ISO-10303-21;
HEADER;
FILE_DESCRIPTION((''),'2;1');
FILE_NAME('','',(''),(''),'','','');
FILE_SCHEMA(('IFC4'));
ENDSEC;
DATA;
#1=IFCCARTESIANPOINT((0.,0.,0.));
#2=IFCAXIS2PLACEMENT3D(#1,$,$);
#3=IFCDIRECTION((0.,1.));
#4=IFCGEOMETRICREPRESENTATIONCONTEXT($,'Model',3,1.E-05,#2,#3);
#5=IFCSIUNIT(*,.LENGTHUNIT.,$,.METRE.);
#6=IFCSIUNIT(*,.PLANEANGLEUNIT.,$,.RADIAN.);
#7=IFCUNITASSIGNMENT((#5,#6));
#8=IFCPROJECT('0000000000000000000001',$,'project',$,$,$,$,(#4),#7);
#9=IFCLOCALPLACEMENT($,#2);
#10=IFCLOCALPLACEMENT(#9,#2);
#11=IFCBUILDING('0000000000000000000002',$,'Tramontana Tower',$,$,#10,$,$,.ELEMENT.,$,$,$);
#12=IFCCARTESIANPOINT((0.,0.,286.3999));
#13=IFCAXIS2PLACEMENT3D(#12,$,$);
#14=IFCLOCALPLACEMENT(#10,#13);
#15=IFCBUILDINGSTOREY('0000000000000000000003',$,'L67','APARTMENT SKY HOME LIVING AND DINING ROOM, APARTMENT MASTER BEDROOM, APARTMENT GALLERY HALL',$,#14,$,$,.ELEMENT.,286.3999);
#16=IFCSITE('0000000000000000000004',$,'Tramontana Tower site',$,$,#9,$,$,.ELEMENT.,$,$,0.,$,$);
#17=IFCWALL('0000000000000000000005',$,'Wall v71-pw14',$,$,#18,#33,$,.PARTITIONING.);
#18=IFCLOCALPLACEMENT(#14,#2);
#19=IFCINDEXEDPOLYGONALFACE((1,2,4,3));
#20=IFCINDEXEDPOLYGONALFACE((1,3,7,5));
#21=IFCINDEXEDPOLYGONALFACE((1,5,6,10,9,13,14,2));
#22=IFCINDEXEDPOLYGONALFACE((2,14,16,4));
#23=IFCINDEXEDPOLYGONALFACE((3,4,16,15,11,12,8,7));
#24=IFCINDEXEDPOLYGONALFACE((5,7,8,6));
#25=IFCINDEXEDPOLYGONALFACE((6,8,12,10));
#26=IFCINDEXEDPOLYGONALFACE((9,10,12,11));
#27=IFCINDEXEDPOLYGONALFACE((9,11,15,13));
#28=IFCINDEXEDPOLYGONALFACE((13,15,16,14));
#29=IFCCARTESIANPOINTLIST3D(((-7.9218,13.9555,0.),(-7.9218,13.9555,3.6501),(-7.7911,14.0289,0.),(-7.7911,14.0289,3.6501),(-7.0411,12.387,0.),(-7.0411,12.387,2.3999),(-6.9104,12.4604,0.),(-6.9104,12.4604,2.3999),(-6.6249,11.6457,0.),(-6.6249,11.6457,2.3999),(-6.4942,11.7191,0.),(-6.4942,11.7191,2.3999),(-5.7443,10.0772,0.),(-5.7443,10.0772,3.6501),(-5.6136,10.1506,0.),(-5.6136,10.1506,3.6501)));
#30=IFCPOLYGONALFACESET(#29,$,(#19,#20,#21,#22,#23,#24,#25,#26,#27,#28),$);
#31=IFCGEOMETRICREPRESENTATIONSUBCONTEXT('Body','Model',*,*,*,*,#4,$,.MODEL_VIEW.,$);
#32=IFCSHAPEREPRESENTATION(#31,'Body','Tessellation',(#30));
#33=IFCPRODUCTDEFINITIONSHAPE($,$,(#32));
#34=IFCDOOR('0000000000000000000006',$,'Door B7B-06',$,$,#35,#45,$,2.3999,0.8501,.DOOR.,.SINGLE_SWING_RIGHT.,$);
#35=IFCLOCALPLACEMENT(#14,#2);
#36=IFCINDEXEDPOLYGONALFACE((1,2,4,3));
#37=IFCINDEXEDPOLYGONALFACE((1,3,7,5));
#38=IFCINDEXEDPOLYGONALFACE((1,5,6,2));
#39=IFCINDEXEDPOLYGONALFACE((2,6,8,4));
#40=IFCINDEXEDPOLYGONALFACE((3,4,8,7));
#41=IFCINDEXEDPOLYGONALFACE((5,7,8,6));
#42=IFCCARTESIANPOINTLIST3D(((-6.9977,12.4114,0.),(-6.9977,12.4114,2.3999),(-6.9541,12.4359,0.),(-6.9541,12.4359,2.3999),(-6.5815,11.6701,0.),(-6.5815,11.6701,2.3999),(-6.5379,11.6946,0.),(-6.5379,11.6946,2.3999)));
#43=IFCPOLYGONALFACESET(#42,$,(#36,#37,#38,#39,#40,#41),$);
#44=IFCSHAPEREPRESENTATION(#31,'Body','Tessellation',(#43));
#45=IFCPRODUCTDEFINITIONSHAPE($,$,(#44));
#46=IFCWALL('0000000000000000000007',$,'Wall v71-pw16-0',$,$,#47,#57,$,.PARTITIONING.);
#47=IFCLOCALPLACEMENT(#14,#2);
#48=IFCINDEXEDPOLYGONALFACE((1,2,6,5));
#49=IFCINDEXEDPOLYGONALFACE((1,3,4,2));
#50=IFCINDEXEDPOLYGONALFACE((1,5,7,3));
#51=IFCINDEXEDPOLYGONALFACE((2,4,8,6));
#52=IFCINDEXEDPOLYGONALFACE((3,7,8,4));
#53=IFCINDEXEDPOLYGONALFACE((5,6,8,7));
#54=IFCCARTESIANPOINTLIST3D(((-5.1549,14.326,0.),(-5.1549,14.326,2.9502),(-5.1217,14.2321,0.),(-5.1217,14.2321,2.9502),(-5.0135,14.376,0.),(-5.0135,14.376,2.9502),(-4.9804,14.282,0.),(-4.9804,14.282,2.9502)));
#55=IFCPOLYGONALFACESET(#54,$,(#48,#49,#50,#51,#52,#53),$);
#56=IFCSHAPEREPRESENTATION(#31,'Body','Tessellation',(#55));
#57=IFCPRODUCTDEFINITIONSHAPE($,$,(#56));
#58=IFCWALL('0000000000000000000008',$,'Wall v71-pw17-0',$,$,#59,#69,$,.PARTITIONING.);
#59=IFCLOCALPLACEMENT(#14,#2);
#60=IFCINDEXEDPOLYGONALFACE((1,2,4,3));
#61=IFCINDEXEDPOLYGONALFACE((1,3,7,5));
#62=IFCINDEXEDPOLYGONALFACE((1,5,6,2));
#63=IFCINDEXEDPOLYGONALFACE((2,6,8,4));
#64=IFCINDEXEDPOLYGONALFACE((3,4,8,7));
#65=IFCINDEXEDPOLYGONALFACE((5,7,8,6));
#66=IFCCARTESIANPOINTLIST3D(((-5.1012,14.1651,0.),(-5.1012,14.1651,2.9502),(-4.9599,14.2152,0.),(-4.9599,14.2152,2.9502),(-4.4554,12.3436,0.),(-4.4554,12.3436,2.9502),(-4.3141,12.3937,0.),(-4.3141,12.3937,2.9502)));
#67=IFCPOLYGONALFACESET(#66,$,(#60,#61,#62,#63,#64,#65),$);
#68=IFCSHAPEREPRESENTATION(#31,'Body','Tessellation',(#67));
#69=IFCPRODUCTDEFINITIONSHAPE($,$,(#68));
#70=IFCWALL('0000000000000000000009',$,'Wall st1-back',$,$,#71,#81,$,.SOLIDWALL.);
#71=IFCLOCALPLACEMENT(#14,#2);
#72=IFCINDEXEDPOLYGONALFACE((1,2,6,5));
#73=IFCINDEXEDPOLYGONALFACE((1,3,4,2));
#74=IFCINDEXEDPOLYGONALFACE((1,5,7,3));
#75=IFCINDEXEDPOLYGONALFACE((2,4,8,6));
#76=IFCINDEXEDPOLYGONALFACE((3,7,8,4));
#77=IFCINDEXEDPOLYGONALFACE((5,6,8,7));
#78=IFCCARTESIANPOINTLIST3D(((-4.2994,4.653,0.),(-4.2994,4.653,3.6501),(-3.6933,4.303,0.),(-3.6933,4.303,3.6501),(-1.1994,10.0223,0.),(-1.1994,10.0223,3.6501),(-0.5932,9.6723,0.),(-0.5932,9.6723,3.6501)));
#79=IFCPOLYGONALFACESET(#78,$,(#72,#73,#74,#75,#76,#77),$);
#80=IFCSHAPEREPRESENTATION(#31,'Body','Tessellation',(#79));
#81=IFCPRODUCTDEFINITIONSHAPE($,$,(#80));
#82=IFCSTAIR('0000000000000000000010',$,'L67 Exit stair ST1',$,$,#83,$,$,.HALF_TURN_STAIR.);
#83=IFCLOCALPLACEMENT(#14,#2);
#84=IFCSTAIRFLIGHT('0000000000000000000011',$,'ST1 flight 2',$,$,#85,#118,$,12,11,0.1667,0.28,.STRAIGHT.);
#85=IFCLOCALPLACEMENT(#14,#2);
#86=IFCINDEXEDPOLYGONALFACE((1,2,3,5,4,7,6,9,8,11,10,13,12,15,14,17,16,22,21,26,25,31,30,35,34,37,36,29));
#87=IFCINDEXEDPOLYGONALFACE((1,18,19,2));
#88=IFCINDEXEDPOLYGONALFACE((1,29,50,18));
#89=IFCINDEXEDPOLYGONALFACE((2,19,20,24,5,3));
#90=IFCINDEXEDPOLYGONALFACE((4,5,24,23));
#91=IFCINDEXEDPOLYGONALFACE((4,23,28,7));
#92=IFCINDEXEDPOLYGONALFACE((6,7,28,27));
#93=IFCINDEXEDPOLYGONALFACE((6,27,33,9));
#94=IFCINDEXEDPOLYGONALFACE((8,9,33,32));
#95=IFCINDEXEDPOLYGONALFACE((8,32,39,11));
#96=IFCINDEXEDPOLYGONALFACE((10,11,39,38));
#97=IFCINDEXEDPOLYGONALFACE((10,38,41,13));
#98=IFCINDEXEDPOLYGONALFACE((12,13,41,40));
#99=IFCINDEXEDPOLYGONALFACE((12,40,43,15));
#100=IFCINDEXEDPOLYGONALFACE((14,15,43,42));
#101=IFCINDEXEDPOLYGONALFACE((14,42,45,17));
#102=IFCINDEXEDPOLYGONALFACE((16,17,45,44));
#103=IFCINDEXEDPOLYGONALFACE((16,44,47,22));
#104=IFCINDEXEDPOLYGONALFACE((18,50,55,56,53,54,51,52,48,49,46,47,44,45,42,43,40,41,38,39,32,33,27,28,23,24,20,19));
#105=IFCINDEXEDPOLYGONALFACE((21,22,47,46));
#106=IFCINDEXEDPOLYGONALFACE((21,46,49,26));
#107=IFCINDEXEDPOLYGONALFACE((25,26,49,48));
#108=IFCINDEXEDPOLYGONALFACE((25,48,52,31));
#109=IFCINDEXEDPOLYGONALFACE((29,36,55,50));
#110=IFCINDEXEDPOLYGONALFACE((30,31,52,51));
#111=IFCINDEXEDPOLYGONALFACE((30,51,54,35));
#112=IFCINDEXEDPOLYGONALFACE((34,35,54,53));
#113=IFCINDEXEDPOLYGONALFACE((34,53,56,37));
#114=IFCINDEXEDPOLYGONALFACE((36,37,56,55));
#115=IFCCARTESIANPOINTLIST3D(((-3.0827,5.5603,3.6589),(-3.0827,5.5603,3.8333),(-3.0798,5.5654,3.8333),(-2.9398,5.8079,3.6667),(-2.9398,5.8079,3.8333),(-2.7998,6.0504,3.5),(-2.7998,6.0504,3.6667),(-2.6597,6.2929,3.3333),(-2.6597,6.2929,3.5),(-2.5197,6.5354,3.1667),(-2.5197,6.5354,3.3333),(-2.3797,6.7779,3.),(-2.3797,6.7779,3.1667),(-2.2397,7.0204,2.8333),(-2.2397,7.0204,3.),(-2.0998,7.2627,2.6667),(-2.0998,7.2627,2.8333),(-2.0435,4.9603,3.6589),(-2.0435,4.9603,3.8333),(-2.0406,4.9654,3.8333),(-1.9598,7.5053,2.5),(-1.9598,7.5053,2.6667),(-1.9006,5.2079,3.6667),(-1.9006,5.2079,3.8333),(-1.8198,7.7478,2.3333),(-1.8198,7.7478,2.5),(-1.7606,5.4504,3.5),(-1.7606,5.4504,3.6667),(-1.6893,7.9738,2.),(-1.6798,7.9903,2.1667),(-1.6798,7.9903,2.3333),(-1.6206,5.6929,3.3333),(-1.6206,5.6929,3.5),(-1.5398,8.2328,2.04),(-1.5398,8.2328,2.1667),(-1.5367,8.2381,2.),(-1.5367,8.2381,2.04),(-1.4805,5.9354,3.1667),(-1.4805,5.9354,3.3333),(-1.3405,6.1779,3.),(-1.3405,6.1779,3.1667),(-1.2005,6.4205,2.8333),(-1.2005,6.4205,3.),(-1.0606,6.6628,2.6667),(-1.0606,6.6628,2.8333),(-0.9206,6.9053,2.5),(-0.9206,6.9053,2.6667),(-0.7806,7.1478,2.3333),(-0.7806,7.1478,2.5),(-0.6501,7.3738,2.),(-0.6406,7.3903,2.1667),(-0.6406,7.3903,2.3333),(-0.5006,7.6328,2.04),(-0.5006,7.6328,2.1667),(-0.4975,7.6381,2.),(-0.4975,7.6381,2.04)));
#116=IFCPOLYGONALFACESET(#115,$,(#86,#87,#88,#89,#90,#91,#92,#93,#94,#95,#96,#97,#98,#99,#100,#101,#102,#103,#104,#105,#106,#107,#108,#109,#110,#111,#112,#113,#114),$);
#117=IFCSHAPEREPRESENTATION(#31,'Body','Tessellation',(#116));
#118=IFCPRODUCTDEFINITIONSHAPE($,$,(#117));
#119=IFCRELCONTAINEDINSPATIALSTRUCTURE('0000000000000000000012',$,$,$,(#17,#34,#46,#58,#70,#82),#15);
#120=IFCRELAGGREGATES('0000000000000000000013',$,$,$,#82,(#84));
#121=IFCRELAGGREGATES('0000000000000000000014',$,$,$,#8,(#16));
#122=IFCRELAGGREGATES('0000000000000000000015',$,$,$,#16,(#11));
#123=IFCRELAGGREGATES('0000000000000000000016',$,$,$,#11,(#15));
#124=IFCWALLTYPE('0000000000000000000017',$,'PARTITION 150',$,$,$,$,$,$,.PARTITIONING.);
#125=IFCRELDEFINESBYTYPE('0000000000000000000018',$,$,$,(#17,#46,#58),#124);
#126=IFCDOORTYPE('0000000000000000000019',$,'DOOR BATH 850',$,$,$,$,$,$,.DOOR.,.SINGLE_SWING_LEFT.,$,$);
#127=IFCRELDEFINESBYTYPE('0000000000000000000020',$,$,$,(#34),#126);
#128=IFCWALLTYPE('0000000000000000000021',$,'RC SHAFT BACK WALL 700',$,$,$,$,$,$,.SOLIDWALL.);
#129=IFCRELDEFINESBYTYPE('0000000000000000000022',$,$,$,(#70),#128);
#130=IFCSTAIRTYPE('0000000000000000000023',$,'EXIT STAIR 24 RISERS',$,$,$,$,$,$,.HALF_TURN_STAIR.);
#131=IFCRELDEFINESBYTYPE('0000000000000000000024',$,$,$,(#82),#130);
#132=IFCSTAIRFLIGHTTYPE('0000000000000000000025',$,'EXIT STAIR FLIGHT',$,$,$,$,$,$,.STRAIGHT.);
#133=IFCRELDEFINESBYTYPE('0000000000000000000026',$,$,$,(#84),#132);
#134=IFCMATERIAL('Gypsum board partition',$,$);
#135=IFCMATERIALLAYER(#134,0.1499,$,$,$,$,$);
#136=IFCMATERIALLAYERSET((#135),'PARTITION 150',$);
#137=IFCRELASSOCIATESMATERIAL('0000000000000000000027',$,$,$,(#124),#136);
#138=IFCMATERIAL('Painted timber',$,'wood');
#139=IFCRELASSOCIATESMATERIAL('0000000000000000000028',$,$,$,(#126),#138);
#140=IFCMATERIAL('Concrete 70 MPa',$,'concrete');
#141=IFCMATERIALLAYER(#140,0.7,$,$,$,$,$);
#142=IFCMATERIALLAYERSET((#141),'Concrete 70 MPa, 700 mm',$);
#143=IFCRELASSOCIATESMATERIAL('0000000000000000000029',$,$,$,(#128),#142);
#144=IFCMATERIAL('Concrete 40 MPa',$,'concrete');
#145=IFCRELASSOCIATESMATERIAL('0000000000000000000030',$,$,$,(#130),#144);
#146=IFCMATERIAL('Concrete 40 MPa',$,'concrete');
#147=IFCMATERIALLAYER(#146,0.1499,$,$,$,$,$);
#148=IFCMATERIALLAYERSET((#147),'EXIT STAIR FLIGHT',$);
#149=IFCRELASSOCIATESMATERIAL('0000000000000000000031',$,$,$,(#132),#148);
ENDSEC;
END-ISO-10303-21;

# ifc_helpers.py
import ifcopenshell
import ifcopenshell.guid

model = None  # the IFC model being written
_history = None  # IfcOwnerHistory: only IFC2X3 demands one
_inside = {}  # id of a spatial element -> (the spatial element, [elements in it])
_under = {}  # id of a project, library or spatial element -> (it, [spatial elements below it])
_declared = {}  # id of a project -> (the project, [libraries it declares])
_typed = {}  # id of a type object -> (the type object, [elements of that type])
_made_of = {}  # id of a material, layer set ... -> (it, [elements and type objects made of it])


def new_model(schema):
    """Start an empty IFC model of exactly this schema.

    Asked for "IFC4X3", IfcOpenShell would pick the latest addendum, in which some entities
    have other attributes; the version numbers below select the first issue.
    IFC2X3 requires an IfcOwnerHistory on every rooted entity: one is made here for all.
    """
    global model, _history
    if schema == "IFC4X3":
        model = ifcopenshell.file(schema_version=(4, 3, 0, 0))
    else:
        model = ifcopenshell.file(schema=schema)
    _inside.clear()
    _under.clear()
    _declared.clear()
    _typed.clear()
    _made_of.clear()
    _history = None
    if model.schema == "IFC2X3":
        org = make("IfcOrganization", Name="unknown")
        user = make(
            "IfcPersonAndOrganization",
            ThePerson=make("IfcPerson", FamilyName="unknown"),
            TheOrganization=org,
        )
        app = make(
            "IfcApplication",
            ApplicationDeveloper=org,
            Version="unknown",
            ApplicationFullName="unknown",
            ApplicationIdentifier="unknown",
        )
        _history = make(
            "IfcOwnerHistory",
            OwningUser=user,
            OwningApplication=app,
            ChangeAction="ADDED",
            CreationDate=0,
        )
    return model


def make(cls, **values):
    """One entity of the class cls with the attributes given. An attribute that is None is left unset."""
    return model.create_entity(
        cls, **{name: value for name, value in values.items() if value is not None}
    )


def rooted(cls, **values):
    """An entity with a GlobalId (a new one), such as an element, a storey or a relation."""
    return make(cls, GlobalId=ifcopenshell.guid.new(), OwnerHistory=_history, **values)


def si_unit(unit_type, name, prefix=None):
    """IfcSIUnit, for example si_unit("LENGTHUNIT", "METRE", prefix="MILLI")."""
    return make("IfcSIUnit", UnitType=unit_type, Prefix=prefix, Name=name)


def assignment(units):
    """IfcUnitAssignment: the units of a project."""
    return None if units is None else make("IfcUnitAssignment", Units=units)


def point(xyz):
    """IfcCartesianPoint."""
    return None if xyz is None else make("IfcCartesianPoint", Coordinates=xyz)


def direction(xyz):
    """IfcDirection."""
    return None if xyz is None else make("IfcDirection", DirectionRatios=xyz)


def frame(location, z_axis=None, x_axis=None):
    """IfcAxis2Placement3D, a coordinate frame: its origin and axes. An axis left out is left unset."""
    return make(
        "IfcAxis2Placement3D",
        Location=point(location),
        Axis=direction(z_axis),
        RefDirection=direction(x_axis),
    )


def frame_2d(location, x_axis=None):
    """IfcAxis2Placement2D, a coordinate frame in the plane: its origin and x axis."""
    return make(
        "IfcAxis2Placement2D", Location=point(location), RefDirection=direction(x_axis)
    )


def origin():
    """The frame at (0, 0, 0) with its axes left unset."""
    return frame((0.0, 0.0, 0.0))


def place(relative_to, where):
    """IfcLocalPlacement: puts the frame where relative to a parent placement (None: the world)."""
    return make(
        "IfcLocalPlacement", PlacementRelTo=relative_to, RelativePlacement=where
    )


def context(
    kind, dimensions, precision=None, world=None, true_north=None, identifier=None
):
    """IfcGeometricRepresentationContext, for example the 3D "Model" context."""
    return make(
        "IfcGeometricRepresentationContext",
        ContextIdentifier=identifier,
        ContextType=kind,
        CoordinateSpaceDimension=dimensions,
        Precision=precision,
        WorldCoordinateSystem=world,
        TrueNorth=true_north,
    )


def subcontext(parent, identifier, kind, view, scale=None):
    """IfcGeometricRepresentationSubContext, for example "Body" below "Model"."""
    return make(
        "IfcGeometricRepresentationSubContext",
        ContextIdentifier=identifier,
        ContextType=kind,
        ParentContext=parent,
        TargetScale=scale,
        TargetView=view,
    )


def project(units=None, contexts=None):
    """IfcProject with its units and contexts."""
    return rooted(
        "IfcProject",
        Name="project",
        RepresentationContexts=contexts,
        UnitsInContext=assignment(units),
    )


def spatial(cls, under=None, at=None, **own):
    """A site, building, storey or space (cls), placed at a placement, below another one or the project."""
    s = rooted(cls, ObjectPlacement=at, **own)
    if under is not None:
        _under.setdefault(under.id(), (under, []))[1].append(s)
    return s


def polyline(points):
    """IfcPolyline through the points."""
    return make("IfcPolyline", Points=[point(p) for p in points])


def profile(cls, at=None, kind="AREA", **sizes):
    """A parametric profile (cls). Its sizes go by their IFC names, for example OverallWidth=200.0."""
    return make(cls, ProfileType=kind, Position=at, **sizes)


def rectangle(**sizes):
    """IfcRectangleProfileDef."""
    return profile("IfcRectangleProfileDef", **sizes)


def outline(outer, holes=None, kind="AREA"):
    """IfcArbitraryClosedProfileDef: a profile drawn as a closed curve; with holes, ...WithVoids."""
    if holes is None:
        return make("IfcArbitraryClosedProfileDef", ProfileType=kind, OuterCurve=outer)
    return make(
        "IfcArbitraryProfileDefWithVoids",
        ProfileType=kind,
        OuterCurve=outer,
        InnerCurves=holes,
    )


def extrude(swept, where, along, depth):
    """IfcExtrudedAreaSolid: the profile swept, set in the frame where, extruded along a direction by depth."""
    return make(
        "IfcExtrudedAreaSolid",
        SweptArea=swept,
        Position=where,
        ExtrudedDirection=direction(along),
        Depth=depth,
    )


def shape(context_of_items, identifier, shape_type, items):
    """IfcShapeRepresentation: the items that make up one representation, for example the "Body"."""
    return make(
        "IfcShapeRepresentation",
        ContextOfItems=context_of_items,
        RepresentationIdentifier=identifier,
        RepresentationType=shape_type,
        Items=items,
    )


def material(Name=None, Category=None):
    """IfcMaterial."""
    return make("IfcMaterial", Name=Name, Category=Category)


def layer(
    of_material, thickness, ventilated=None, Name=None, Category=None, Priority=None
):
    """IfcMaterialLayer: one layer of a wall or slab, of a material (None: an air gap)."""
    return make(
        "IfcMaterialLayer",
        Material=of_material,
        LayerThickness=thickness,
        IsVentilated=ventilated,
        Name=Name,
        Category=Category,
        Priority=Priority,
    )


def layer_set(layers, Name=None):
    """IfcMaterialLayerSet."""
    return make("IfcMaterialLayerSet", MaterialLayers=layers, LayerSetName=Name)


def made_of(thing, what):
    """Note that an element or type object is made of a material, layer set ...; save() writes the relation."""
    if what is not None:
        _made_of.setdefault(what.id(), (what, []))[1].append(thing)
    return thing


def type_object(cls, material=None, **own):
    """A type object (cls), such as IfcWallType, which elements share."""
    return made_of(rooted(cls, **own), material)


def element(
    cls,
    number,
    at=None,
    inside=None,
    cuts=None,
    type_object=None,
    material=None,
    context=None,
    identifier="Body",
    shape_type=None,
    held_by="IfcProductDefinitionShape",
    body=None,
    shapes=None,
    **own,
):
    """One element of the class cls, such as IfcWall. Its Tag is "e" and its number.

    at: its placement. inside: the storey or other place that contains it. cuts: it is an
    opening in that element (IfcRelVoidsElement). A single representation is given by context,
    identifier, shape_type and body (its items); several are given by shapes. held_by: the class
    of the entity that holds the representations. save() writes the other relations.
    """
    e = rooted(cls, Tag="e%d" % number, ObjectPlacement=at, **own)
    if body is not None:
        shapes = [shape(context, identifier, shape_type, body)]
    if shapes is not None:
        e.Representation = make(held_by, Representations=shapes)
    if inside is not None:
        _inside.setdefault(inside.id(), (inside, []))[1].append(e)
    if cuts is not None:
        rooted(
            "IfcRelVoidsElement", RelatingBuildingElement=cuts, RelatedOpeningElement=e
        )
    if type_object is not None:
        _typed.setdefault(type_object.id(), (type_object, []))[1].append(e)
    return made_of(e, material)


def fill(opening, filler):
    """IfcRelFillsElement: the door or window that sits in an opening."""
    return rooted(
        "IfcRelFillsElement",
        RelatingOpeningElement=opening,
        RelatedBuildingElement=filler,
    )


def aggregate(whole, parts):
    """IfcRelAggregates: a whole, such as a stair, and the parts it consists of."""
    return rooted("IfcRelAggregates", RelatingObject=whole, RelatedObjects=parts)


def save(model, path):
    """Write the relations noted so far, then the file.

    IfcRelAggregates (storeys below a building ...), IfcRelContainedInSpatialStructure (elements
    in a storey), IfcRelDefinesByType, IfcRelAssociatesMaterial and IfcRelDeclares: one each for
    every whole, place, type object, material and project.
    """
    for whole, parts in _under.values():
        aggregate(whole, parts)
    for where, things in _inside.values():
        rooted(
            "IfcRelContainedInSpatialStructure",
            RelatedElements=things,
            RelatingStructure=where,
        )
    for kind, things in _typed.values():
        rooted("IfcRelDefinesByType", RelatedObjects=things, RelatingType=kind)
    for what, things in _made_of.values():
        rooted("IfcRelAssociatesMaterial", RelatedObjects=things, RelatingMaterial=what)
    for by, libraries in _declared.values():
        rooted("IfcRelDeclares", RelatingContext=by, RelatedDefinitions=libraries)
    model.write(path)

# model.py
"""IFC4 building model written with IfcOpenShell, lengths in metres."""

from ifc_helpers import new_model, si_unit, direction, frame, frame_2d, origin, place, context, subcontext, project, spatial, polyline, rectangle, outline, extrude, material, layer, layer_set, type_object, element, fill, aggregate, save


model = new_model("IFC4")

# Units and contexts
model_context = context("Model", 3, precision=1e-05, world=origin(), true_north=direction((0.0, 1.0)))
body_context = subcontext(model_context, "Body", "Model", "MODEL_VIEW")
ifc_project = project(units=[si_unit("LENGTHUNIT", "METRE"), si_unit("PLANEANGLEUNIT", "RADIAN")], contexts=[model_context])

# Site, building, storey
site_placement = place(None, origin())
site = spatial("IfcSite", under=ifc_project, at=site_placement, Name="Tramontana Tower site", CompositionType="ELEMENT", RefElevation=0.0)
building_placement = place(site_placement, origin())
building = spatial("IfcBuilding", under=site, at=building_placement, Name="Tramontana Tower", CompositionType="ELEMENT")
storey_placement = place(building_placement, frame((0.0, 0.0, 286.3999)))
storey = spatial("IfcBuildingStorey", under=building, at=storey_placement, Name="L67", Description="APARTMENT SKY HOME LIVING AND DINING ROOM, APARTMENT MASTER BEDROOM, APARTMENT GALLERY HALL", CompositionType="ELEMENT", Elevation=286.3999)

# Shared definitions
ifc_material_1 = material(Name="Gypsum board partition")
ifc_layer_1 = layer(ifc_material_1, 0.1499)
ifc_layer_set_1 = layer_set([ifc_layer_1], Name="PARTITION 150")
wall_type_1 = type_object("IfcWallType", Name="PARTITION 150", PredefinedType="PARTITIONING", material=ifc_layer_set_1)

# Wall, opening, door
wall_1_placement = place(storey_placement, frame((-7.8564, 13.9922, 0.0), z_axis=(0.0, 0.0, 1.0), x_axis=(0.489581, -0.871958, 0.0)))
wall_1 = element("IfcWall", 1, at=wall_1_placement, inside=storey, type_object=wall_type_1, Name="Wall v71-pw14", PredefinedType="PARTITIONING", context=body_context, shape_type="SweptSolid", body=[
    extrude(rectangle(XDim=4.4478, YDim=0.1499, at=frame_2d((2.2239, 0.0))), origin(), (0.0, 0.0, 1.0), 3.6501),
])
opening_1_placement = place(wall_1_placement, frame((1.7988, 0.0, 0.0)))
opening_1 = element("IfcOpeningElement", 2, at=opening_1_placement, cuts=wall_1, PredefinedType="OPENING", context=body_context, shape_type="SweptSolid", body=[
    extrude(rectangle(XDim=0.8501, YDim=2.3999, at=frame_2d((0.425, 1.2))), frame((0.0, 0.085, 0.0), z_axis=(0.0, -1.0, 0.0), x_axis=(1.0, 0.0, 0.0)), (0.0, 0.0, 1.0), 0.1699),
])
ifc_material_2 = material(Name="Painted timber", Category="wood")
door_type_1 = type_object("IfcDoorType", Name="DOOR BATH 850", OperationType="SINGLE_SWING_LEFT", PredefinedType="DOOR", material=ifc_material_2)
door_1_placement = place(opening_1_placement, origin())
door_1 = element("IfcDoor", 3, at=door_1_placement, inside=storey, type_object=door_type_1, Name="Door B7B-06", OperationType="SINGLE_SWING_RIGHT", OverallHeight=2.3999, OverallWidth=0.8501, PredefinedType="DOOR", context=body_context, shape_type="SweptSolid", body=[
    extrude(rectangle(XDim=0.8501, YDim=2.3999, at=frame_2d((0.425, 1.2))), frame((0.0, 0.0249, 0.0), z_axis=(0.0, -1.0, 0.0), x_axis=(1.0, 0.0, 0.0)), (0.0, 0.0, 1.0), 0.05),
])
fill(opening_1, door_1)

# Walls
wall_2_placement = place(storey_placement, frame((-5.051, 14.2571, 0.0), z_axis=(0.0, 0.0, 1.0), x_axis=(-0.333076, 0.9429, 0.0)))
element("IfcWall", 4, at=wall_2_placement, inside=storey, type_object=wall_type_1, Name="Wall v71-pw16-0", PredefinedType="PARTITIONING", context=body_context, shape_type="SweptSolid", body=[
    extrude(rectangle(XDim=0.0996, YDim=0.1499, at=frame_2d((0.0498, 0.0))), origin(), (0.0, 0.0, 1.0), 2.9502),
])
wall_3_placement = place(storey_placement, frame((-5.0305, 14.1902, 0.0), z_axis=(0.0, 0.0, 1.0), x_axis=(0.334135, -0.942525, 0.0)))
element("IfcWall", 5, at=wall_3_placement, inside=storey, type_object=wall_type_1, Name="Wall v71-pw17-0", PredefinedType="PARTITIONING", context=body_context, shape_type="SweptSolid", body=[
    extrude(rectangle(XDim=1.9326, YDim=0.1499, at=frame_2d((0.9663, 0.0))), origin(), (0.0, 0.0, 1.0), 2.9502),
])
ifc_material_3 = material(Name="Concrete 70 MPa", Category="concrete")
ifc_layer_2 = layer(ifc_material_3, 0.7)
ifc_layer_set_2 = layer_set([ifc_layer_2], Name="Concrete 70 MPa, 700 mm")
wall_type_2 = type_object("IfcWallType", Name="RC SHAFT BACK WALL 700", PredefinedType="SOLIDWALL", material=ifc_layer_set_2)
wall_4_placement = place(storey_placement, frame((-0.8962, 9.8474, 0.0), z_axis=(0.0, 0.0, 1.0), x_axis=(-0.50001, -0.86602, 0.0)))
element("IfcWall", 6, at=wall_4_placement, inside=storey, type_object=wall_type_2, Name="Wall st1-back", PredefinedType="SOLIDWALL", context=body_context, shape_type="SweptSolid", body=[
    extrude(rectangle(XDim=6.2, YDim=0.7, at=frame_2d((3.1001, 0.0))), origin(), (0.0, 0.0, 1.0), 3.6501),
])

# Stair, stair flight
ifc_material_4 = material(Name="Concrete 40 MPa", Category="concrete")
stair_type = type_object("IfcStairType", Name="EXIT STAIR 24 RISERS", PredefinedType="HALF_TURN_STAIR", material=ifc_material_4)
stair_placement = place(storey_placement, origin())
stair = element("IfcStair", 7, at=stair_placement, inside=storey, type_object=stair_type, Name="L67 Exit stair ST1", PredefinedType="HALF_TURN_STAIR")
ifc_material_5 = material(Name="Concrete 40 MPa", Category="concrete")
ifc_layer_3 = layer(ifc_material_5, 0.1499)
ifc_layer_set_3 = layer_set([ifc_layer_3], Name="EXIT STAIR FLIGHT")
stair_flight_type = type_object("IfcStairFlightType", Name="EXIT STAIR FLIGHT", PredefinedType="STRAIGHT", material=ifc_layer_set_3)
stair_flight_placement = place(storey_placement, frame((-1.0203, 7.9329, 2.0), z_axis=(0.0, 0.0, 1.0), x_axis=(-0.5, -0.866025, 0.0)))
stair_flight = element("IfcStairFlight", 8, at=stair_flight_placement, type_object=stair_flight_type, Name="ST1 flight 2", NumberOfRisers=12, NumberOfTreads=11, PredefinedType="STRAIGHT", RiserHeight=0.1667, TreadLength=0.28, context=body_context, shape_type="SweptSolid", body=[
    extrude(outline(polyline([(-0.0061, 0.0), (-0.0061, 0.04), (0.0, 0.04), (0.0, 0.1667), (0.28, 0.1667), (0.28, 0.3333), (0.5601, 0.3333), (0.5601, 0.5), (0.8401, 0.5), (0.8401, 0.6667), (1.1201, 0.6667), (1.1201, 0.8333), (1.3999, 0.8333), (1.3999, 1.0), (1.6799, 1.0), (1.6799, 1.1667), (1.96, 1.1667), (1.96, 1.3333), (2.24, 1.3333), (2.24, 1.5), (2.52, 1.5), (2.52, 1.6667), (2.8, 1.6667), (2.8, 1.8333), (3.0801, 1.8333), (3.0859, 1.8333), (3.0859, 1.6589), (0.2991, 0.0), (-0.0061, 0.0)])), frame((0.0, 0.6001, 0.0), z_axis=(0.0, -1.0, 0.0), x_axis=(1.0, 0.0, 0.0)), (0.0, 0.0, 1.0), 1.2),
])
aggregate(stair, [stair_flight])

save(model, "model.ifc")
